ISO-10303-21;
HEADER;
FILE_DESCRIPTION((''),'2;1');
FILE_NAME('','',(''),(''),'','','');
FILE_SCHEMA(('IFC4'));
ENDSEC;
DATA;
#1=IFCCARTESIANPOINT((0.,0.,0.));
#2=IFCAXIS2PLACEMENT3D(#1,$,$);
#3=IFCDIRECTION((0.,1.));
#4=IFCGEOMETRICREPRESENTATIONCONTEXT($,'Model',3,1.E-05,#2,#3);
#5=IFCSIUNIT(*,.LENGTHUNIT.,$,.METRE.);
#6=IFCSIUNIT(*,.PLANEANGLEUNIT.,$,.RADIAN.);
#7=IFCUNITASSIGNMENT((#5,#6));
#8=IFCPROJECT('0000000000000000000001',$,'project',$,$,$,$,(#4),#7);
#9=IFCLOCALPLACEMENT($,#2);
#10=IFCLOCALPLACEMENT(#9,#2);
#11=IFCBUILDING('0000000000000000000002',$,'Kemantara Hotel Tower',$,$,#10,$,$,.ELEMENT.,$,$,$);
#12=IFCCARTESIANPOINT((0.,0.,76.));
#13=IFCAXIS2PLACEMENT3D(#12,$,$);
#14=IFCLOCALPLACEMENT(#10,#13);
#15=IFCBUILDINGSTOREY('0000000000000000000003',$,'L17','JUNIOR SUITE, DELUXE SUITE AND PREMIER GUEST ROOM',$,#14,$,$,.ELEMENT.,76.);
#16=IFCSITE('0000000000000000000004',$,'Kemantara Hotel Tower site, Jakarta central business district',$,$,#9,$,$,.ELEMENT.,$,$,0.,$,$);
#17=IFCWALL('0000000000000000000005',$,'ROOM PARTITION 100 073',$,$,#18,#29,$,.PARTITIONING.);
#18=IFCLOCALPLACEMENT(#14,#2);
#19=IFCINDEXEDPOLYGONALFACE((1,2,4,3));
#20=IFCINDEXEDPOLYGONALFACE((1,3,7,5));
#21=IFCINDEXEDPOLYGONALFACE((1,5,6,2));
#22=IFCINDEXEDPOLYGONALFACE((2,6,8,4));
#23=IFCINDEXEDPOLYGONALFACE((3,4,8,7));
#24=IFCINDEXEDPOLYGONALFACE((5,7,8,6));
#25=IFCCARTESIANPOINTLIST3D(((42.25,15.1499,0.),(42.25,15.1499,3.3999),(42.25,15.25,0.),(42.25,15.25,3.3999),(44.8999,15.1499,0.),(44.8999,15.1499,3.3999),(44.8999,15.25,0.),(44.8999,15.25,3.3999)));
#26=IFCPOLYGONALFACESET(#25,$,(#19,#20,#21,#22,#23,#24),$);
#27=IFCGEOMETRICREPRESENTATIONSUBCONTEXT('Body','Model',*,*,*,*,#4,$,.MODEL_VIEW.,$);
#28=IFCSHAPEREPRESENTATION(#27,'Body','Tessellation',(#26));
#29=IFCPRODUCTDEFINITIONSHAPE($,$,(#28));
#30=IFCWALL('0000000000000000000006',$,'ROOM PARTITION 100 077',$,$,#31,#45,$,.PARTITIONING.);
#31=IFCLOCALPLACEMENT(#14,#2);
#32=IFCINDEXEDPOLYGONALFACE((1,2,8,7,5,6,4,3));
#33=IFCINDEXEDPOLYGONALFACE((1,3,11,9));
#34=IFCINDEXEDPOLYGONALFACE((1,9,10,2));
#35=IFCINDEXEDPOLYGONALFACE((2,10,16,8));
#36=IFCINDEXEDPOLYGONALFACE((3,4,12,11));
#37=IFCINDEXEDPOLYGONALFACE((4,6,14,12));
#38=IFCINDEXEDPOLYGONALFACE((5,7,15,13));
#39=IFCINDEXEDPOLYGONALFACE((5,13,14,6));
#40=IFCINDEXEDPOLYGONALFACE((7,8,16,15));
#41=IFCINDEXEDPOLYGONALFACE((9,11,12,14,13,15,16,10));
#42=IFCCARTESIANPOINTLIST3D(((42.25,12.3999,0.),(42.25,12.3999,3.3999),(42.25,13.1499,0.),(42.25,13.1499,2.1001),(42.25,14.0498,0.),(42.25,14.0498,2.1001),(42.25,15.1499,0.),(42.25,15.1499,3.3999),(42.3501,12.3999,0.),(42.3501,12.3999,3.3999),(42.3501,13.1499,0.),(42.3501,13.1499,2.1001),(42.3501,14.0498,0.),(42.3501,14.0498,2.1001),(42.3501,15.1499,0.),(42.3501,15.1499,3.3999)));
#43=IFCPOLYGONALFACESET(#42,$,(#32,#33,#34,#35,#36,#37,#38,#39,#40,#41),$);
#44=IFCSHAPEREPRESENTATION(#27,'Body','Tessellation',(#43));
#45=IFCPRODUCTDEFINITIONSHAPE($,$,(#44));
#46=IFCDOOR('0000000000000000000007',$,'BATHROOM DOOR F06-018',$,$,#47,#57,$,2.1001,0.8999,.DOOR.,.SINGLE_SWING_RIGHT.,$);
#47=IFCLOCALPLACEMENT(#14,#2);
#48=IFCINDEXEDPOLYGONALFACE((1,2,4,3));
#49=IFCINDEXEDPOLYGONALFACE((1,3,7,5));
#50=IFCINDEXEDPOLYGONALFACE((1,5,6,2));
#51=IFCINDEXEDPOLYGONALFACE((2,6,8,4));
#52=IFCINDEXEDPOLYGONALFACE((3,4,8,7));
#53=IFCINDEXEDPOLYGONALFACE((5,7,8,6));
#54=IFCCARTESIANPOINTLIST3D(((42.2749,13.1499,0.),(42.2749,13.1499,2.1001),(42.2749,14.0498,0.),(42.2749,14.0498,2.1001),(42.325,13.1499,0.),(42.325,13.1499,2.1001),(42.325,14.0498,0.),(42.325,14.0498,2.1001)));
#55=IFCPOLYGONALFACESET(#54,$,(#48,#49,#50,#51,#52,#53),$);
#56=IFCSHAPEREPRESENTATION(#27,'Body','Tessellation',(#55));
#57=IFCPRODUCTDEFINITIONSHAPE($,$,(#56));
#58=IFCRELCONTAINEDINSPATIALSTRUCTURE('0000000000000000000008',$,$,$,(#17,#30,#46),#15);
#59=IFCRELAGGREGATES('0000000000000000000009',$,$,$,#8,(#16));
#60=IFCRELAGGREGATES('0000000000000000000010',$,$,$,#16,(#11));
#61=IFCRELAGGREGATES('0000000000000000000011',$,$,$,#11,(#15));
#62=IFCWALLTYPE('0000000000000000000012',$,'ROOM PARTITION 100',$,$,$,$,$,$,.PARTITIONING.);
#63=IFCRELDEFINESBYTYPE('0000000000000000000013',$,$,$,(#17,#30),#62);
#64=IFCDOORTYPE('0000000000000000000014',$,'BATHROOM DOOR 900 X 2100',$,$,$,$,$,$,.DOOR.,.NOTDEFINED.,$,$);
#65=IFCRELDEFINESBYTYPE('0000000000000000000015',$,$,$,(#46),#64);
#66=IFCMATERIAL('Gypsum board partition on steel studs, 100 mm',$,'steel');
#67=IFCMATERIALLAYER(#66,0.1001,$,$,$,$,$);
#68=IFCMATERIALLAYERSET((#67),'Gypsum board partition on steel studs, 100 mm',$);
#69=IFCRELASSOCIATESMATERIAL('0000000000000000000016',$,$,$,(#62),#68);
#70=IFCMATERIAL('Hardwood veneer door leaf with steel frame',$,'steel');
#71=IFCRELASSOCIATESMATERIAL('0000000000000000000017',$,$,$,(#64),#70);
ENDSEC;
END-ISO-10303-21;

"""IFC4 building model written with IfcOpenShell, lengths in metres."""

from ifc_helpers import new_model, si_unit, direction, frame, frame_2d, origin, place, context, subcontext, project, spatial, rectangle, extrude, material, layer, layer_set, type_object, element, fill, save


model = new_model("IFC4")

# Units and contexts
model_context = context("Model", 3, precision=1e-05, world=origin(), true_north=direction((0.0, 1.0)))
body_context = subcontext(model_context, "Body", "Model", "MODEL_VIEW")
ifc_project = project(units=[si_unit("LENGTHUNIT", "METRE"), si_unit("PLANEANGLEUNIT", "RADIAN")], contexts=[model_context])

# Site, building, storey
site_placement = place(None, origin())
site = spatial("IfcSite", under=ifc_project, at=site_placement, Name="Kemantara Hotel Tower site, Jakarta central business district", CompositionType="ELEMENT", RefElevation=0.0)
building_placement = place(site_placement, origin())
building = spatial("IfcBuilding", under=site, at=building_placement, Name="Kemantara Hotel Tower", CompositionType="ELEMENT")
storey_placement = place(building_placement, frame((0.0, 0.0, 76.0)))
storey = spatial("IfcBuildingStorey", under=building, at=storey_placement, Name="L17", Description="JUNIOR SUITE, DELUXE SUITE AND PREMIER GUEST ROOM", CompositionType="ELEMENT", Elevation=76.0)

# Shared definitions
ifc_material_1 = material(Name="Hardwood veneer door leaf with steel frame", Category="steel")

# Shared definitions
ifc_material_2 = material(Name="Gypsum board partition on steel studs, 100 mm", Category="steel")
ifc_layer_1 = layer(ifc_material_2, 0.1001)
ifc_layer_set_1 = layer_set([ifc_layer_1], Name="Gypsum board partition on steel studs, 100 mm")
wall_type_1 = type_object("IfcWallType", Name="ROOM PARTITION 100", PredefinedType="PARTITIONING", material=ifc_layer_set_1)
door_type_1 = type_object("IfcDoorType", Name="BATHROOM DOOR 900 X 2100", OperationType="NOTDEFINED", PredefinedType="DOOR", material=ifc_material_1)

# Wall
wall_1_placement = place(storey_placement, frame((42.25, 15.2, 0.0), z_axis=(0.0, 0.0, 1.0), x_axis=(1.0, 0.0, 0.0)))
element("IfcWall", 1, at=wall_1_placement, inside=storey, type_object=wall_type_1, Name="ROOM PARTITION 100 073", PredefinedType="PARTITIONING", context=body_context, shape_type="SweptSolid", body=[
    extrude(rectangle(XDim=2.6499, YDim=0.1001, at=frame_2d((1.325, 0.0))), origin(), (0.0, 0.0, 1.0), 3.3999),
])

# Wall, opening, door
wall_2_placement = place(storey_placement, frame((42.3, 15.1499, 0.0), z_axis=(0.0, 0.0, 1.0), x_axis=(0.0, -1.0, 0.0)))
wall_2 = element("IfcWall", 2, at=wall_2_placement, inside=storey, type_object=wall_type_1, Name="ROOM PARTITION 100 077", PredefinedType="PARTITIONING", context=body_context, shape_type="SweptSolid", body=[
    extrude(rectangle(XDim=2.75, YDim=0.1001, at=frame_2d((1.375, 0.0))), origin(), (0.0, 0.0, 1.0), 3.3999),
])
opening_1_placement = place(wall_2_placement, frame((1.1001, 0.0, 0.0)))
opening_1 = element("IfcOpeningElement", 3, at=opening_1_placement, cuts=wall_2, PredefinedType="OPENING", context=body_context, shape_type="SweptSolid", body=[
    extrude(rectangle(XDim=0.8999, YDim=2.1001, at=frame_2d((0.45, 1.05))), frame((0.0, 0.0601, 0.0), z_axis=(0.0, -1.0, 0.0), x_axis=(1.0, 0.0, 0.0)), (0.0, 0.0, 1.0), 0.1201),
])
door_1_placement = place(opening_1_placement, origin())
door_1 = element("IfcDoor", 4, at=door_1_placement, inside=storey, type_object=door_type_1, Name="BATHROOM DOOR F06-018", OperationType="SINGLE_SWING_RIGHT", OverallHeight=2.1001, OverallWidth=0.8999, PredefinedType="DOOR", context=body_context, shape_type="SweptSolid", body=[
    extrude(rectangle(XDim=0.8999, YDim=2.1001, at=frame_2d((0.45, 1.05))), frame((0.0, 0.0249, 0.0), z_axis=(0.0, -1.0, 0.0), x_axis=(1.0, 0.0, 0.0)), (0.0, 0.0, 1.0), 0.05),
])
fill(opening_1, door_1)

save(model, "model.ifc")
